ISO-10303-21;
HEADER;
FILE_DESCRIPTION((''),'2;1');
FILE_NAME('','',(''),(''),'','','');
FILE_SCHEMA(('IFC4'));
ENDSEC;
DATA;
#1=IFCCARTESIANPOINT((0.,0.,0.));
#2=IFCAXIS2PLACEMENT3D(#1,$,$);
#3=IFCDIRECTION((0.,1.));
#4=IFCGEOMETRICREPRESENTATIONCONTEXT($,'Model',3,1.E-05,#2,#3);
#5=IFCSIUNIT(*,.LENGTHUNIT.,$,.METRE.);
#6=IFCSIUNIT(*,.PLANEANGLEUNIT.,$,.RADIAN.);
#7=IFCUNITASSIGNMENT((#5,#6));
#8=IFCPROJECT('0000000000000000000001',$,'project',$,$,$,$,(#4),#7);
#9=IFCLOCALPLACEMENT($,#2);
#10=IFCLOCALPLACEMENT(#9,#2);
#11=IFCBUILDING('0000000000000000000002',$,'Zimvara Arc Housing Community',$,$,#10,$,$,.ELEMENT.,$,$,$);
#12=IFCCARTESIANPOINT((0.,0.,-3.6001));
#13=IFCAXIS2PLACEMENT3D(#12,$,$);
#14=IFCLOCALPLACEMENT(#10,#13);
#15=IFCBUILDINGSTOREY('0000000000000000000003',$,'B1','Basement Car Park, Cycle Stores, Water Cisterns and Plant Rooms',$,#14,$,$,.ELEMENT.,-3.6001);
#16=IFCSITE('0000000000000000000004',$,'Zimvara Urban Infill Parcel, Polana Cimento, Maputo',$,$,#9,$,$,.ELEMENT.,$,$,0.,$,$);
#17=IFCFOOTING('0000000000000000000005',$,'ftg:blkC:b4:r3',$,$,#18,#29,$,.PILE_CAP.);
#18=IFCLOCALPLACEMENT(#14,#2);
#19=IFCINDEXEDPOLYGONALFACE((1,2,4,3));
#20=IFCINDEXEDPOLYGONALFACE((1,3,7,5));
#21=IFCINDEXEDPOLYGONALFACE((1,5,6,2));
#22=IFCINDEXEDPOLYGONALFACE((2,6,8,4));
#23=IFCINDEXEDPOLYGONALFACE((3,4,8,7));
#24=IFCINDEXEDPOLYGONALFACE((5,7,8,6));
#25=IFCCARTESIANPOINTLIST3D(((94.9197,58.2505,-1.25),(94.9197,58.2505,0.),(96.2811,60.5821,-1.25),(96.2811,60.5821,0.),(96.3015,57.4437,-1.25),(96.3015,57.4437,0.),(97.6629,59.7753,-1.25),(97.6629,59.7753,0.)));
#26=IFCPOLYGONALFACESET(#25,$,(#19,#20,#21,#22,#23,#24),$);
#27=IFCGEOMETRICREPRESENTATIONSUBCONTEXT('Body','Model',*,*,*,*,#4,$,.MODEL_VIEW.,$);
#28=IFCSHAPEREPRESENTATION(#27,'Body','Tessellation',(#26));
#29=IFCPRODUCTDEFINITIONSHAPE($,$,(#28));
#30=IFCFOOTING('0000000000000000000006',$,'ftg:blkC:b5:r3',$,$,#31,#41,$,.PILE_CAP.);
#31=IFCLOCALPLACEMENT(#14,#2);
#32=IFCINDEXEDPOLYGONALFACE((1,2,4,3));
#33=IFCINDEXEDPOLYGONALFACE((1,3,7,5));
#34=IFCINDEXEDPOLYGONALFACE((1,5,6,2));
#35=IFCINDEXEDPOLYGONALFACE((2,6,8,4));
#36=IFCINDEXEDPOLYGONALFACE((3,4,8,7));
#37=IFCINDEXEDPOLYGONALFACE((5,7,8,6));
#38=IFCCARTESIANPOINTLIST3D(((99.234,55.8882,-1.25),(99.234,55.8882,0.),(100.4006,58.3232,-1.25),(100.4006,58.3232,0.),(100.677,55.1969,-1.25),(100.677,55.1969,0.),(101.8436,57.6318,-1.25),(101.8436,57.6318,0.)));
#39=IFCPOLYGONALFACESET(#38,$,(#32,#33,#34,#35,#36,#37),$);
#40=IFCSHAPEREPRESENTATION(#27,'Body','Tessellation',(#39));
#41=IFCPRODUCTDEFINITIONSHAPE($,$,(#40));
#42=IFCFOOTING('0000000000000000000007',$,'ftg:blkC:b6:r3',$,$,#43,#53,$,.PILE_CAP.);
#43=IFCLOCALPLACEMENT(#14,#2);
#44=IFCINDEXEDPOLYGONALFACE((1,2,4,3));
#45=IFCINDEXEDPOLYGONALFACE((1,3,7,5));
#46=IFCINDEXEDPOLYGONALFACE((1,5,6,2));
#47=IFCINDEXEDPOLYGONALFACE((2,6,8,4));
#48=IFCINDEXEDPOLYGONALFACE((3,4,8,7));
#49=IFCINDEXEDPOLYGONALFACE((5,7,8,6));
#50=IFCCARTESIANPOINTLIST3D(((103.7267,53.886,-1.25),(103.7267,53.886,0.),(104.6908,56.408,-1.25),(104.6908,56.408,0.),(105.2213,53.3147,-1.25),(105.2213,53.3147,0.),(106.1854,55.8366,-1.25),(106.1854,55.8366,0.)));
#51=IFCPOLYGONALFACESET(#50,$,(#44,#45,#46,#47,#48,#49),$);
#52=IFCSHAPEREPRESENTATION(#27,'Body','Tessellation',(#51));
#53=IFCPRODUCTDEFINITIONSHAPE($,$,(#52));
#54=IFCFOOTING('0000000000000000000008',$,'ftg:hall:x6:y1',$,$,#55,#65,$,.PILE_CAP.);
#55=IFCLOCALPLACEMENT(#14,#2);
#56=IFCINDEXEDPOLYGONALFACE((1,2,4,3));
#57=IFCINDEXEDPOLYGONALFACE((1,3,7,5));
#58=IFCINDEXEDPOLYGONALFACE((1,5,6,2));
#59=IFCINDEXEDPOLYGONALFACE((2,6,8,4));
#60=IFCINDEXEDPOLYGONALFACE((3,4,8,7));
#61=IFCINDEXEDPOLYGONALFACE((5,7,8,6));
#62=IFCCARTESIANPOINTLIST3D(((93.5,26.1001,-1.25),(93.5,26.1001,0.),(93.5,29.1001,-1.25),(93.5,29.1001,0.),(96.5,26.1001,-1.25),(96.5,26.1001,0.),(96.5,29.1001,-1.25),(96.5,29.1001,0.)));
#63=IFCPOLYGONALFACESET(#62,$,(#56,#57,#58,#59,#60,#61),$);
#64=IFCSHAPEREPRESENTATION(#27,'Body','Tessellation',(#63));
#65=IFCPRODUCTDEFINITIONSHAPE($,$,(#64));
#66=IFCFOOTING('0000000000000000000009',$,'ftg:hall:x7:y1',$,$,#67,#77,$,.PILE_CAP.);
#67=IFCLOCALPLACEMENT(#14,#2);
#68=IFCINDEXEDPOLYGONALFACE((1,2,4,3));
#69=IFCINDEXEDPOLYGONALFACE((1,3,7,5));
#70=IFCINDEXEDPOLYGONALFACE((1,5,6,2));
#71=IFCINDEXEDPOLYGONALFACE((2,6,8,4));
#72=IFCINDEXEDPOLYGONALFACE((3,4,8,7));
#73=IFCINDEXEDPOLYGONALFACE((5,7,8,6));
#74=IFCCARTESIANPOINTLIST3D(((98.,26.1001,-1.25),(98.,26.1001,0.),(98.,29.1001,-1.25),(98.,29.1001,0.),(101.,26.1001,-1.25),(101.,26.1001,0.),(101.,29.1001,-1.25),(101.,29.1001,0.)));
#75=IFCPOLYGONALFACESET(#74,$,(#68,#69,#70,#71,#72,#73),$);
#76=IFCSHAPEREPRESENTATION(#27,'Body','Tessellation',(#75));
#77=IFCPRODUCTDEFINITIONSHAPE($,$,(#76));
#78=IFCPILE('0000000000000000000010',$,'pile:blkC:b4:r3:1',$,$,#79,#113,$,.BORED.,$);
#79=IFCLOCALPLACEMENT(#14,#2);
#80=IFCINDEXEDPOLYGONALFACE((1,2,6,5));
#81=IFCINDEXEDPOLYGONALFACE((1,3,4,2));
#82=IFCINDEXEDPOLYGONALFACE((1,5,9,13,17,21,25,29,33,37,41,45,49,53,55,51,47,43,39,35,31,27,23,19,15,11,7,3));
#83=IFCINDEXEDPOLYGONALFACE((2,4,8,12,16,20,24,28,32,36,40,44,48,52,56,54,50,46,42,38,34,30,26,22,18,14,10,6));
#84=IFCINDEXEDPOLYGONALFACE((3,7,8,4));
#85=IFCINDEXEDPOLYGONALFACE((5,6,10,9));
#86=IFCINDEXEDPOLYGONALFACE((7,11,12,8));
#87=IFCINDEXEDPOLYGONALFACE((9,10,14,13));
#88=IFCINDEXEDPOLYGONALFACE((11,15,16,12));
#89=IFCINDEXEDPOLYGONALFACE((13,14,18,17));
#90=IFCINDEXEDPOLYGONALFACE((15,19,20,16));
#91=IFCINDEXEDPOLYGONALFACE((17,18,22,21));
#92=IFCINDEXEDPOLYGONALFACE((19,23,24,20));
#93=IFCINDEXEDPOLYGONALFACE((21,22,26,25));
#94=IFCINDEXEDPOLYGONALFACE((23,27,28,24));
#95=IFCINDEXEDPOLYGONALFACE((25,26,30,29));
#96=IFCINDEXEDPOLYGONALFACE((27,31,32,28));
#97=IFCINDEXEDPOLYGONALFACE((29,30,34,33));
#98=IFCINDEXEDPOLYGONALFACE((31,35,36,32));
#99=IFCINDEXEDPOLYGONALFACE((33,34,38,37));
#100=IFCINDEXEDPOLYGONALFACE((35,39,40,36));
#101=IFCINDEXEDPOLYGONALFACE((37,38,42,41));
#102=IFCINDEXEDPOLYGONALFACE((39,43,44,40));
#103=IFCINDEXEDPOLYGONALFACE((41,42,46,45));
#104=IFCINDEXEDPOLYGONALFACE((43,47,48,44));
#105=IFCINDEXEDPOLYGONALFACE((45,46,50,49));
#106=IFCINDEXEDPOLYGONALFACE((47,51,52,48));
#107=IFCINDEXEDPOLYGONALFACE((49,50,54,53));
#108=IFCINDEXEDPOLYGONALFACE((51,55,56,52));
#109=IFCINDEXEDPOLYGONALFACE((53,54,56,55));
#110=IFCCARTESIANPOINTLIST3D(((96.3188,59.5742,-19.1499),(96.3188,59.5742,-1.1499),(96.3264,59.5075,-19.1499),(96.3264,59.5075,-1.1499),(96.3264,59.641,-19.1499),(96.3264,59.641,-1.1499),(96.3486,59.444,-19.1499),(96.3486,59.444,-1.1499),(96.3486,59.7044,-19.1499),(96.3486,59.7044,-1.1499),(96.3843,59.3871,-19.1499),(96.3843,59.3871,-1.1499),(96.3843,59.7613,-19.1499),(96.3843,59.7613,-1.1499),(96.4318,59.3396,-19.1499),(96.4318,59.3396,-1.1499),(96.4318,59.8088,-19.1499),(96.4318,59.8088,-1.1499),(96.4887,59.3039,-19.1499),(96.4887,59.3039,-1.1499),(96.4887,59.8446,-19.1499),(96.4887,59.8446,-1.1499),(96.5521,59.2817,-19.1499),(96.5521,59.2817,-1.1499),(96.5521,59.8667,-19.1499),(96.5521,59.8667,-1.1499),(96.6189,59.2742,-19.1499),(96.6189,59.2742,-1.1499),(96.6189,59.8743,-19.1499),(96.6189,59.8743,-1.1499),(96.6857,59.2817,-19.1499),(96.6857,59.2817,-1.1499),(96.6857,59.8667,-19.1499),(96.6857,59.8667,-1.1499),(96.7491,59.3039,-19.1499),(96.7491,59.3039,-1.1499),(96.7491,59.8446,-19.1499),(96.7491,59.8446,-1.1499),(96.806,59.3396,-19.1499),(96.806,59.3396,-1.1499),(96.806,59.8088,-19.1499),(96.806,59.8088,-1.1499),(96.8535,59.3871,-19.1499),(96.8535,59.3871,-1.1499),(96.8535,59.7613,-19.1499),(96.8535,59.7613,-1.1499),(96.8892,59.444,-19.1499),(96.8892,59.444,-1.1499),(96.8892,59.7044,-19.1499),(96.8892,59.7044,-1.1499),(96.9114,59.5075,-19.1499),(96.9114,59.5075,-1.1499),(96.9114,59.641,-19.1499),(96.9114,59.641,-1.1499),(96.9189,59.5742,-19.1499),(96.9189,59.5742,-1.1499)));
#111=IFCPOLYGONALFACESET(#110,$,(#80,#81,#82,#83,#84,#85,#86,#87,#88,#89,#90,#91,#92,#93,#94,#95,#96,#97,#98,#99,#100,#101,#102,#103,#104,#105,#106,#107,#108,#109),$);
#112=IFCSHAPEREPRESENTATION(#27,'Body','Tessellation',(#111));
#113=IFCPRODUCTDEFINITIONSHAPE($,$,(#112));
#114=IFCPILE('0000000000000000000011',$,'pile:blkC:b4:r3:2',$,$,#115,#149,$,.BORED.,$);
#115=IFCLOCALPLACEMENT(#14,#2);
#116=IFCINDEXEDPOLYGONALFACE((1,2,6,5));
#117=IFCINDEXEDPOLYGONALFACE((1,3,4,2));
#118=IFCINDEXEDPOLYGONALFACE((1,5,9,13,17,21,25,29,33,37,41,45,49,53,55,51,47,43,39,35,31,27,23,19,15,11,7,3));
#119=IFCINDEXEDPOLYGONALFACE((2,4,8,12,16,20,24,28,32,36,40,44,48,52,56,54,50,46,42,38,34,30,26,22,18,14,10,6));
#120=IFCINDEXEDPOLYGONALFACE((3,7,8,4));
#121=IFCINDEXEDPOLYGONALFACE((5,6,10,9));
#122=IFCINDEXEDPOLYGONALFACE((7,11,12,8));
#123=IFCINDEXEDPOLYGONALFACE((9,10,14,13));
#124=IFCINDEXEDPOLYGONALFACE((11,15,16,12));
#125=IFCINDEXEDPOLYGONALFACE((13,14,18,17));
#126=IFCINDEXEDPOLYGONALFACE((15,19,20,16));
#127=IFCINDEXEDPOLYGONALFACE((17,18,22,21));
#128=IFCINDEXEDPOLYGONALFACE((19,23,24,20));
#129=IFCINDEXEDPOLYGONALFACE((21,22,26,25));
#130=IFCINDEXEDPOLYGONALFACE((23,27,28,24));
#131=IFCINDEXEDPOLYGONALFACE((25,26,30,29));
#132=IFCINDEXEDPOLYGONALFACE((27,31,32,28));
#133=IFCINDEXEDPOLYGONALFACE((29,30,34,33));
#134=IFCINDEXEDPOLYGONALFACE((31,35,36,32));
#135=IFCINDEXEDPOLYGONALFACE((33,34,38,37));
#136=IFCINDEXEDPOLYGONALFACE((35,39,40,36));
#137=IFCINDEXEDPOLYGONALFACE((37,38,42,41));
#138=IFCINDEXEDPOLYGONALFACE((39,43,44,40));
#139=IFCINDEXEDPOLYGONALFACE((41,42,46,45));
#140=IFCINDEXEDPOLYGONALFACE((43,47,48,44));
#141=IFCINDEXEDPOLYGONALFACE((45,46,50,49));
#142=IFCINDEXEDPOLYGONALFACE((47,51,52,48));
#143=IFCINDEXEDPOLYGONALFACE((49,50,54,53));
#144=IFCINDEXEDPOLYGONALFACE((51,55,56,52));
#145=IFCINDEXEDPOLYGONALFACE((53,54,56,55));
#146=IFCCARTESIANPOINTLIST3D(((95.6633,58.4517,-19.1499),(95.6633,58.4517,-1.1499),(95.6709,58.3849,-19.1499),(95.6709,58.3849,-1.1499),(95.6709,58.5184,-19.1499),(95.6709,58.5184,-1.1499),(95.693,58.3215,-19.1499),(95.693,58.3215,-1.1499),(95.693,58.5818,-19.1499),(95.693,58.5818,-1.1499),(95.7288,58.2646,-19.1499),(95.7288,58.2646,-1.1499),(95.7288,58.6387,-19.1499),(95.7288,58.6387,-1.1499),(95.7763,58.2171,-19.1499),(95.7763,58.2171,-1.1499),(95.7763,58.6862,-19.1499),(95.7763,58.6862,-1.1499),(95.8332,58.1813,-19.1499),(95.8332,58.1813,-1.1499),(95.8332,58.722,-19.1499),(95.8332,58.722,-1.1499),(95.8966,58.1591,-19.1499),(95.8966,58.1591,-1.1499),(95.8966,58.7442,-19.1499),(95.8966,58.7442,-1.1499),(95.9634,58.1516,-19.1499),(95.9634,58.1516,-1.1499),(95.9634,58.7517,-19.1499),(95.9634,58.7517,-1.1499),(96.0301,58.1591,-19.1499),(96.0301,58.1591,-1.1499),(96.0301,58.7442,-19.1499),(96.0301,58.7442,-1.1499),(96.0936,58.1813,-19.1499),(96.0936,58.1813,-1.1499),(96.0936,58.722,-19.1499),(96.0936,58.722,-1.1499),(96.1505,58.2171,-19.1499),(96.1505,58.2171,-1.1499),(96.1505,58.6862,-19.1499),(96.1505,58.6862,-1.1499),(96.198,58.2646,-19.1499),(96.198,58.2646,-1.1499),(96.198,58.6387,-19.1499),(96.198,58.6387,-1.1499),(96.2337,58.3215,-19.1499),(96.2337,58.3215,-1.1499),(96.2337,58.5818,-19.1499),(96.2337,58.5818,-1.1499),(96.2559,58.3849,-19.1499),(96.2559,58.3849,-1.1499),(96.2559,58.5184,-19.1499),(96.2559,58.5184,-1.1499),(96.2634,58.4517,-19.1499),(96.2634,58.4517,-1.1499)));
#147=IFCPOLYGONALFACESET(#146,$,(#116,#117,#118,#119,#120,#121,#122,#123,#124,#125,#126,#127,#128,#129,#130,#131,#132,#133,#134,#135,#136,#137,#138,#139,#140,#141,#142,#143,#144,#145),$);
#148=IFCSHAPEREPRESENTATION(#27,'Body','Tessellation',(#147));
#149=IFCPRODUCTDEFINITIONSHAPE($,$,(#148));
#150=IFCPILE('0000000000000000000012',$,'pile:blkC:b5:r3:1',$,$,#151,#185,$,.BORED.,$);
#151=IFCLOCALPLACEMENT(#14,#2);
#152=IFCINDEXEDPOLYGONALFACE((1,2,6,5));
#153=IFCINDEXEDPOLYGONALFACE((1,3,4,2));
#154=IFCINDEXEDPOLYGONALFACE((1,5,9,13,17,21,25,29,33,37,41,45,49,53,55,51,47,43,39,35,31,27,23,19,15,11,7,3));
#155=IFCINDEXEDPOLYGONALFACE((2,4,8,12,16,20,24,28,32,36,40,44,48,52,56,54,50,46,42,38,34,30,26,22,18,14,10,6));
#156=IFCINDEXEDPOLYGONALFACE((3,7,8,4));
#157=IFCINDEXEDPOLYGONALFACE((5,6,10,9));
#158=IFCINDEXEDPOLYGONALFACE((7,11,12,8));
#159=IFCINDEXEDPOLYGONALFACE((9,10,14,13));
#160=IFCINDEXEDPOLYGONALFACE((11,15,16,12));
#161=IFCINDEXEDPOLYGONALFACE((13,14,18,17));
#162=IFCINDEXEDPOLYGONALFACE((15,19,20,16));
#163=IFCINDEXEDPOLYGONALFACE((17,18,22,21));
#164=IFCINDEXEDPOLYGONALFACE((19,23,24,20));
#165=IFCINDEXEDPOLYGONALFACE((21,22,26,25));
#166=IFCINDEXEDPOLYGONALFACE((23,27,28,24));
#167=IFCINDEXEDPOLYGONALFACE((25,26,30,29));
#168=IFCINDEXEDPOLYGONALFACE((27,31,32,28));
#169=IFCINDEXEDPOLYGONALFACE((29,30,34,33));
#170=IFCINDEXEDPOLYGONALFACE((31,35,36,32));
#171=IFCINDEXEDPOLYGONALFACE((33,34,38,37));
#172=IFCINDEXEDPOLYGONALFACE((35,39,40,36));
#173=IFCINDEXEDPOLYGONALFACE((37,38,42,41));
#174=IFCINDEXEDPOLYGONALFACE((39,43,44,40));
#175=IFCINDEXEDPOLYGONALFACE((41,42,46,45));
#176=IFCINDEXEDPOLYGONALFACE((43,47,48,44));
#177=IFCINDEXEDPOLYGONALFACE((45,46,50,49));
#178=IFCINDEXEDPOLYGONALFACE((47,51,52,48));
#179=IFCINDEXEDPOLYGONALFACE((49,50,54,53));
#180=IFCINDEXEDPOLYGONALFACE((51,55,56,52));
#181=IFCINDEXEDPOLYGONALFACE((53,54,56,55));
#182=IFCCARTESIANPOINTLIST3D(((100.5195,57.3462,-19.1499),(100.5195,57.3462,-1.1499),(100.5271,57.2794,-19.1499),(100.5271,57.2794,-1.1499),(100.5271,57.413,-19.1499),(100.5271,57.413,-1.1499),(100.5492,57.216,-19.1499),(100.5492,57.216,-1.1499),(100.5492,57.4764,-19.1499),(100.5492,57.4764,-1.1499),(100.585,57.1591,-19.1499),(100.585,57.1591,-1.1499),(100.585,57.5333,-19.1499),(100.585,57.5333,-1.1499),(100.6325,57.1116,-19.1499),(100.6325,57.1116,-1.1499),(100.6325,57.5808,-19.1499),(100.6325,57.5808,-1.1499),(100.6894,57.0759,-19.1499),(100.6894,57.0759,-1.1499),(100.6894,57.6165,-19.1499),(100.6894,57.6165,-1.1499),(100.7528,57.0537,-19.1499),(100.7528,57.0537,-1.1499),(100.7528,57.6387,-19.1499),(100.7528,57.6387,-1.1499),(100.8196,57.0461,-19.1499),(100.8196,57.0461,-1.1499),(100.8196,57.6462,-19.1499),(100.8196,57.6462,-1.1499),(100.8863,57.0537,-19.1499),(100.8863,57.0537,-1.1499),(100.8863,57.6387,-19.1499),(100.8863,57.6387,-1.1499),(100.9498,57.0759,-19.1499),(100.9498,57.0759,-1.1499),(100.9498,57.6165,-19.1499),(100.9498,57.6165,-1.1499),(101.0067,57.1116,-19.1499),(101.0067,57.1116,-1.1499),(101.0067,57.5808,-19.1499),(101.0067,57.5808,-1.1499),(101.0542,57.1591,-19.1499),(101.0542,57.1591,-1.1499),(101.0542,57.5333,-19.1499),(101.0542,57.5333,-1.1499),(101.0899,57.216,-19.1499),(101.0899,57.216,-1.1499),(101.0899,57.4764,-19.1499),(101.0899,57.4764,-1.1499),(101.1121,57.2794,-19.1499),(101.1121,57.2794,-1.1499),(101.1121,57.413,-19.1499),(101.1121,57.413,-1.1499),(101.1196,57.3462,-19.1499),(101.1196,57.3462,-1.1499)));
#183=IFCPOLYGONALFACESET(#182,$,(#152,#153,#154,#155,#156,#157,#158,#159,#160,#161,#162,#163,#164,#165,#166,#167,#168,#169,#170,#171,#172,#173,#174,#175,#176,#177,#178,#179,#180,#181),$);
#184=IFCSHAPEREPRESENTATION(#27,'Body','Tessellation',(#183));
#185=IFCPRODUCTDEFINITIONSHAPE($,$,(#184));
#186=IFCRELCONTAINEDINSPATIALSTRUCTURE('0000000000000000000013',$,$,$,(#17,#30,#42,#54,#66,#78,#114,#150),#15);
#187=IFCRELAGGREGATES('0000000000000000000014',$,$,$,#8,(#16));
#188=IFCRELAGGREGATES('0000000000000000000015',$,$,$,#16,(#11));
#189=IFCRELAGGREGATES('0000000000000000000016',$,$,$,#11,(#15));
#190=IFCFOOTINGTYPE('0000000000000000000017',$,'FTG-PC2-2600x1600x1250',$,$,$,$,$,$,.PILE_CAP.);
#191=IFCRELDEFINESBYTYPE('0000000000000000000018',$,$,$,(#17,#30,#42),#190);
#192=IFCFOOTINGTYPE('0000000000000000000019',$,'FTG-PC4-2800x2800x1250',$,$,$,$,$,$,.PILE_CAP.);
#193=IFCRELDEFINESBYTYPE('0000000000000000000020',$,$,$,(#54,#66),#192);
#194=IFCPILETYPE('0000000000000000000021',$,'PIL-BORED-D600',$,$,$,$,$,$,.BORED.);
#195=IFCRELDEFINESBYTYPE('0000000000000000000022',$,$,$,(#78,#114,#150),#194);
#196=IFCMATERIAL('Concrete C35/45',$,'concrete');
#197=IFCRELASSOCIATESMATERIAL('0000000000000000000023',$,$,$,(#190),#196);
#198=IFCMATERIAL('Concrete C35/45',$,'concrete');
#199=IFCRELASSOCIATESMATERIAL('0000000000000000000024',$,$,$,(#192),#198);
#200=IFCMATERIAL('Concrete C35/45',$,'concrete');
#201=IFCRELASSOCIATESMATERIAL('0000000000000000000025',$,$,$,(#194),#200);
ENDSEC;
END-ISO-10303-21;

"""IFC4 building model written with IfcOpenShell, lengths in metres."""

from ifc_helpers import new_model, si_unit, direction, frame, origin, origin_2d, place, context, subcontext, project, spatial, rectangle, circle, extrude, material, material_profile, profile_set, type_object, element, save


model = new_model("IFC4")

# Units and contexts
model_context = context("Model", 3, precision=1e-05, world=origin(), true_north=direction((0.0, 1.0)))
body_context = subcontext(model_context, "Body", "Model", "MODEL_VIEW")
ifc_project = project(units=[si_unit("LENGTHUNIT", "METRE"), si_unit("PLANEANGLEUNIT", "RADIAN")], contexts=[model_context])

# Site, building, storey
site_placement = place(None, origin())
site = spatial("IfcSite", under=ifc_project, at=site_placement, Name="Zimvara Urban Infill Parcel, Polana Cimento, Maputo", CompositionType="ELEMENT", RefElevation=0.0)
building_placement = place(site_placement, origin())
building = spatial("IfcBuilding", under=site, at=building_placement, Name="Zimvara Arc Housing Community", CompositionType="ELEMENT")
storey_placement = place(building_placement, frame((0.0, 0.0, -3.6001)))
storey = spatial("IfcBuildingStorey", under=building, at=storey_placement, Name="B1", Description="Basement Car Park, Cycle Stores, Water Cisterns and Plant Rooms", CompositionType="ELEMENT", Elevation=-3.6001)

# Footings
ifc_material_1 = material(Name="Concrete C35/45", Category="concrete")
footing_type_1 = type_object("IfcFootingType", Name="FTG-PC2-2600x1600x1250", PredefinedType="PILE_CAP", material=ifc_material_1)
for number, where, z_axis, x_axis, name in (
    (1, (96.2913, 59.0129, -1.25), (0.0, 0.0, 1.0), (-0.504226, -0.863572, 0.0), "ftg:blkC:b4:r3"),
    (2, (100.5388, 56.76, -1.25), (0.0, 0.0, 1.0), (-0.432086, -0.901833, 0.0), "ftg:blkC:b5:r3"),
    (3, (104.9561, 54.8613, -1.25), (0.0, 0.0, 1.0), (-0.357064, -0.93408, 0.0), "ftg:blkC:b6:r3"),
):
    element("IfcFooting", number, at=place(storey_placement, frame(where, z_axis=z_axis, x_axis=x_axis)), inside=storey, type_object=footing_type_1, Name=name, PredefinedType="PILE_CAP", context=body_context, shape_type="SweptSolid", body=[
        extrude(rectangle(XDim=2.7, YDim=1.6001, at=origin_2d()), origin(), (0.0, 0.0, 1.0), 1.25),
    ])
ifc_material_2 = material(Name="Concrete C35/45", Category="concrete")
footing_type_2 = type_object("IfcFootingType", Name="FTG-PC4-2800x2800x1250", PredefinedType="PILE_CAP", material=ifc_material_2)
for number, where, z_axis, x_axis, name in (
    (4, (95.0, 27.6001, -1.25), (0.0, 0.0, 1.0), (1.0, 0.0, 0.0), "ftg:hall:x6:y1"),
    (5, (99.5, 27.6001, -1.25), (0.0, 0.0, 1.0), (1.0, 0.0, 0.0), "ftg:hall:x7:y1"),
):
    element("IfcFooting", number, at=place(storey_placement, frame(where, z_axis=z_axis, x_axis=x_axis)), inside=storey, type_object=footing_type_2, Name=name, PredefinedType="PILE_CAP", context=body_context, shape_type="SweptSolid", body=[
        extrude(rectangle(XDim=3.0, YDim=3.0, at=origin_2d()), origin(), (0.0, 0.0, 1.0), 1.25),
    ])

# Piles
ifc_material_3 = material(Name="Concrete C35/45", Category="concrete")
ifc_material_profile_1 = material_profile(ifc_material_3, circle(Radius=0.3, at=origin_2d()), Name="PILE D600")
ifc_profile_set_1 = profile_set([ifc_material_profile_1], Name="Concrete C35/45")
pile_type_1 = type_object("IfcPileType", Name="PIL-BORED-D600", PredefinedType="BORED", material=ifc_profile_set_1)
for number, where, z_axis, x_axis, name in (
    (6, (96.6189, 59.5742, -1.1499), (0.0, 0.0, -1.0), (1.0, 0.0, 0.0), "pile:blkC:b4:r3:1"),
    (7, (95.9634, 58.4517, -1.1499), (0.0, 0.0, -1.0), (1.0, 0.0, 0.0), "pile:blkC:b4:r3:2"),
    (8, (100.8196, 57.3462, -1.1499), (0.0, 0.0, -1.0), (1.0, 0.0, 0.0), "pile:blkC:b5:r3:1"),
):
    element("IfcPile", number, at=place(storey_placement, frame(where, z_axis=z_axis, x_axis=x_axis)), inside=storey, type_object=pile_type_1, Name=name, PredefinedType="BORED", context=body_context, shape_type="SweptSolid", body=[
        extrude(circle(Radius=0.3, at=origin_2d()), origin(), (0.0, 0.0, 1.0), 18.0),
    ])

save(model, "model.ifc")
